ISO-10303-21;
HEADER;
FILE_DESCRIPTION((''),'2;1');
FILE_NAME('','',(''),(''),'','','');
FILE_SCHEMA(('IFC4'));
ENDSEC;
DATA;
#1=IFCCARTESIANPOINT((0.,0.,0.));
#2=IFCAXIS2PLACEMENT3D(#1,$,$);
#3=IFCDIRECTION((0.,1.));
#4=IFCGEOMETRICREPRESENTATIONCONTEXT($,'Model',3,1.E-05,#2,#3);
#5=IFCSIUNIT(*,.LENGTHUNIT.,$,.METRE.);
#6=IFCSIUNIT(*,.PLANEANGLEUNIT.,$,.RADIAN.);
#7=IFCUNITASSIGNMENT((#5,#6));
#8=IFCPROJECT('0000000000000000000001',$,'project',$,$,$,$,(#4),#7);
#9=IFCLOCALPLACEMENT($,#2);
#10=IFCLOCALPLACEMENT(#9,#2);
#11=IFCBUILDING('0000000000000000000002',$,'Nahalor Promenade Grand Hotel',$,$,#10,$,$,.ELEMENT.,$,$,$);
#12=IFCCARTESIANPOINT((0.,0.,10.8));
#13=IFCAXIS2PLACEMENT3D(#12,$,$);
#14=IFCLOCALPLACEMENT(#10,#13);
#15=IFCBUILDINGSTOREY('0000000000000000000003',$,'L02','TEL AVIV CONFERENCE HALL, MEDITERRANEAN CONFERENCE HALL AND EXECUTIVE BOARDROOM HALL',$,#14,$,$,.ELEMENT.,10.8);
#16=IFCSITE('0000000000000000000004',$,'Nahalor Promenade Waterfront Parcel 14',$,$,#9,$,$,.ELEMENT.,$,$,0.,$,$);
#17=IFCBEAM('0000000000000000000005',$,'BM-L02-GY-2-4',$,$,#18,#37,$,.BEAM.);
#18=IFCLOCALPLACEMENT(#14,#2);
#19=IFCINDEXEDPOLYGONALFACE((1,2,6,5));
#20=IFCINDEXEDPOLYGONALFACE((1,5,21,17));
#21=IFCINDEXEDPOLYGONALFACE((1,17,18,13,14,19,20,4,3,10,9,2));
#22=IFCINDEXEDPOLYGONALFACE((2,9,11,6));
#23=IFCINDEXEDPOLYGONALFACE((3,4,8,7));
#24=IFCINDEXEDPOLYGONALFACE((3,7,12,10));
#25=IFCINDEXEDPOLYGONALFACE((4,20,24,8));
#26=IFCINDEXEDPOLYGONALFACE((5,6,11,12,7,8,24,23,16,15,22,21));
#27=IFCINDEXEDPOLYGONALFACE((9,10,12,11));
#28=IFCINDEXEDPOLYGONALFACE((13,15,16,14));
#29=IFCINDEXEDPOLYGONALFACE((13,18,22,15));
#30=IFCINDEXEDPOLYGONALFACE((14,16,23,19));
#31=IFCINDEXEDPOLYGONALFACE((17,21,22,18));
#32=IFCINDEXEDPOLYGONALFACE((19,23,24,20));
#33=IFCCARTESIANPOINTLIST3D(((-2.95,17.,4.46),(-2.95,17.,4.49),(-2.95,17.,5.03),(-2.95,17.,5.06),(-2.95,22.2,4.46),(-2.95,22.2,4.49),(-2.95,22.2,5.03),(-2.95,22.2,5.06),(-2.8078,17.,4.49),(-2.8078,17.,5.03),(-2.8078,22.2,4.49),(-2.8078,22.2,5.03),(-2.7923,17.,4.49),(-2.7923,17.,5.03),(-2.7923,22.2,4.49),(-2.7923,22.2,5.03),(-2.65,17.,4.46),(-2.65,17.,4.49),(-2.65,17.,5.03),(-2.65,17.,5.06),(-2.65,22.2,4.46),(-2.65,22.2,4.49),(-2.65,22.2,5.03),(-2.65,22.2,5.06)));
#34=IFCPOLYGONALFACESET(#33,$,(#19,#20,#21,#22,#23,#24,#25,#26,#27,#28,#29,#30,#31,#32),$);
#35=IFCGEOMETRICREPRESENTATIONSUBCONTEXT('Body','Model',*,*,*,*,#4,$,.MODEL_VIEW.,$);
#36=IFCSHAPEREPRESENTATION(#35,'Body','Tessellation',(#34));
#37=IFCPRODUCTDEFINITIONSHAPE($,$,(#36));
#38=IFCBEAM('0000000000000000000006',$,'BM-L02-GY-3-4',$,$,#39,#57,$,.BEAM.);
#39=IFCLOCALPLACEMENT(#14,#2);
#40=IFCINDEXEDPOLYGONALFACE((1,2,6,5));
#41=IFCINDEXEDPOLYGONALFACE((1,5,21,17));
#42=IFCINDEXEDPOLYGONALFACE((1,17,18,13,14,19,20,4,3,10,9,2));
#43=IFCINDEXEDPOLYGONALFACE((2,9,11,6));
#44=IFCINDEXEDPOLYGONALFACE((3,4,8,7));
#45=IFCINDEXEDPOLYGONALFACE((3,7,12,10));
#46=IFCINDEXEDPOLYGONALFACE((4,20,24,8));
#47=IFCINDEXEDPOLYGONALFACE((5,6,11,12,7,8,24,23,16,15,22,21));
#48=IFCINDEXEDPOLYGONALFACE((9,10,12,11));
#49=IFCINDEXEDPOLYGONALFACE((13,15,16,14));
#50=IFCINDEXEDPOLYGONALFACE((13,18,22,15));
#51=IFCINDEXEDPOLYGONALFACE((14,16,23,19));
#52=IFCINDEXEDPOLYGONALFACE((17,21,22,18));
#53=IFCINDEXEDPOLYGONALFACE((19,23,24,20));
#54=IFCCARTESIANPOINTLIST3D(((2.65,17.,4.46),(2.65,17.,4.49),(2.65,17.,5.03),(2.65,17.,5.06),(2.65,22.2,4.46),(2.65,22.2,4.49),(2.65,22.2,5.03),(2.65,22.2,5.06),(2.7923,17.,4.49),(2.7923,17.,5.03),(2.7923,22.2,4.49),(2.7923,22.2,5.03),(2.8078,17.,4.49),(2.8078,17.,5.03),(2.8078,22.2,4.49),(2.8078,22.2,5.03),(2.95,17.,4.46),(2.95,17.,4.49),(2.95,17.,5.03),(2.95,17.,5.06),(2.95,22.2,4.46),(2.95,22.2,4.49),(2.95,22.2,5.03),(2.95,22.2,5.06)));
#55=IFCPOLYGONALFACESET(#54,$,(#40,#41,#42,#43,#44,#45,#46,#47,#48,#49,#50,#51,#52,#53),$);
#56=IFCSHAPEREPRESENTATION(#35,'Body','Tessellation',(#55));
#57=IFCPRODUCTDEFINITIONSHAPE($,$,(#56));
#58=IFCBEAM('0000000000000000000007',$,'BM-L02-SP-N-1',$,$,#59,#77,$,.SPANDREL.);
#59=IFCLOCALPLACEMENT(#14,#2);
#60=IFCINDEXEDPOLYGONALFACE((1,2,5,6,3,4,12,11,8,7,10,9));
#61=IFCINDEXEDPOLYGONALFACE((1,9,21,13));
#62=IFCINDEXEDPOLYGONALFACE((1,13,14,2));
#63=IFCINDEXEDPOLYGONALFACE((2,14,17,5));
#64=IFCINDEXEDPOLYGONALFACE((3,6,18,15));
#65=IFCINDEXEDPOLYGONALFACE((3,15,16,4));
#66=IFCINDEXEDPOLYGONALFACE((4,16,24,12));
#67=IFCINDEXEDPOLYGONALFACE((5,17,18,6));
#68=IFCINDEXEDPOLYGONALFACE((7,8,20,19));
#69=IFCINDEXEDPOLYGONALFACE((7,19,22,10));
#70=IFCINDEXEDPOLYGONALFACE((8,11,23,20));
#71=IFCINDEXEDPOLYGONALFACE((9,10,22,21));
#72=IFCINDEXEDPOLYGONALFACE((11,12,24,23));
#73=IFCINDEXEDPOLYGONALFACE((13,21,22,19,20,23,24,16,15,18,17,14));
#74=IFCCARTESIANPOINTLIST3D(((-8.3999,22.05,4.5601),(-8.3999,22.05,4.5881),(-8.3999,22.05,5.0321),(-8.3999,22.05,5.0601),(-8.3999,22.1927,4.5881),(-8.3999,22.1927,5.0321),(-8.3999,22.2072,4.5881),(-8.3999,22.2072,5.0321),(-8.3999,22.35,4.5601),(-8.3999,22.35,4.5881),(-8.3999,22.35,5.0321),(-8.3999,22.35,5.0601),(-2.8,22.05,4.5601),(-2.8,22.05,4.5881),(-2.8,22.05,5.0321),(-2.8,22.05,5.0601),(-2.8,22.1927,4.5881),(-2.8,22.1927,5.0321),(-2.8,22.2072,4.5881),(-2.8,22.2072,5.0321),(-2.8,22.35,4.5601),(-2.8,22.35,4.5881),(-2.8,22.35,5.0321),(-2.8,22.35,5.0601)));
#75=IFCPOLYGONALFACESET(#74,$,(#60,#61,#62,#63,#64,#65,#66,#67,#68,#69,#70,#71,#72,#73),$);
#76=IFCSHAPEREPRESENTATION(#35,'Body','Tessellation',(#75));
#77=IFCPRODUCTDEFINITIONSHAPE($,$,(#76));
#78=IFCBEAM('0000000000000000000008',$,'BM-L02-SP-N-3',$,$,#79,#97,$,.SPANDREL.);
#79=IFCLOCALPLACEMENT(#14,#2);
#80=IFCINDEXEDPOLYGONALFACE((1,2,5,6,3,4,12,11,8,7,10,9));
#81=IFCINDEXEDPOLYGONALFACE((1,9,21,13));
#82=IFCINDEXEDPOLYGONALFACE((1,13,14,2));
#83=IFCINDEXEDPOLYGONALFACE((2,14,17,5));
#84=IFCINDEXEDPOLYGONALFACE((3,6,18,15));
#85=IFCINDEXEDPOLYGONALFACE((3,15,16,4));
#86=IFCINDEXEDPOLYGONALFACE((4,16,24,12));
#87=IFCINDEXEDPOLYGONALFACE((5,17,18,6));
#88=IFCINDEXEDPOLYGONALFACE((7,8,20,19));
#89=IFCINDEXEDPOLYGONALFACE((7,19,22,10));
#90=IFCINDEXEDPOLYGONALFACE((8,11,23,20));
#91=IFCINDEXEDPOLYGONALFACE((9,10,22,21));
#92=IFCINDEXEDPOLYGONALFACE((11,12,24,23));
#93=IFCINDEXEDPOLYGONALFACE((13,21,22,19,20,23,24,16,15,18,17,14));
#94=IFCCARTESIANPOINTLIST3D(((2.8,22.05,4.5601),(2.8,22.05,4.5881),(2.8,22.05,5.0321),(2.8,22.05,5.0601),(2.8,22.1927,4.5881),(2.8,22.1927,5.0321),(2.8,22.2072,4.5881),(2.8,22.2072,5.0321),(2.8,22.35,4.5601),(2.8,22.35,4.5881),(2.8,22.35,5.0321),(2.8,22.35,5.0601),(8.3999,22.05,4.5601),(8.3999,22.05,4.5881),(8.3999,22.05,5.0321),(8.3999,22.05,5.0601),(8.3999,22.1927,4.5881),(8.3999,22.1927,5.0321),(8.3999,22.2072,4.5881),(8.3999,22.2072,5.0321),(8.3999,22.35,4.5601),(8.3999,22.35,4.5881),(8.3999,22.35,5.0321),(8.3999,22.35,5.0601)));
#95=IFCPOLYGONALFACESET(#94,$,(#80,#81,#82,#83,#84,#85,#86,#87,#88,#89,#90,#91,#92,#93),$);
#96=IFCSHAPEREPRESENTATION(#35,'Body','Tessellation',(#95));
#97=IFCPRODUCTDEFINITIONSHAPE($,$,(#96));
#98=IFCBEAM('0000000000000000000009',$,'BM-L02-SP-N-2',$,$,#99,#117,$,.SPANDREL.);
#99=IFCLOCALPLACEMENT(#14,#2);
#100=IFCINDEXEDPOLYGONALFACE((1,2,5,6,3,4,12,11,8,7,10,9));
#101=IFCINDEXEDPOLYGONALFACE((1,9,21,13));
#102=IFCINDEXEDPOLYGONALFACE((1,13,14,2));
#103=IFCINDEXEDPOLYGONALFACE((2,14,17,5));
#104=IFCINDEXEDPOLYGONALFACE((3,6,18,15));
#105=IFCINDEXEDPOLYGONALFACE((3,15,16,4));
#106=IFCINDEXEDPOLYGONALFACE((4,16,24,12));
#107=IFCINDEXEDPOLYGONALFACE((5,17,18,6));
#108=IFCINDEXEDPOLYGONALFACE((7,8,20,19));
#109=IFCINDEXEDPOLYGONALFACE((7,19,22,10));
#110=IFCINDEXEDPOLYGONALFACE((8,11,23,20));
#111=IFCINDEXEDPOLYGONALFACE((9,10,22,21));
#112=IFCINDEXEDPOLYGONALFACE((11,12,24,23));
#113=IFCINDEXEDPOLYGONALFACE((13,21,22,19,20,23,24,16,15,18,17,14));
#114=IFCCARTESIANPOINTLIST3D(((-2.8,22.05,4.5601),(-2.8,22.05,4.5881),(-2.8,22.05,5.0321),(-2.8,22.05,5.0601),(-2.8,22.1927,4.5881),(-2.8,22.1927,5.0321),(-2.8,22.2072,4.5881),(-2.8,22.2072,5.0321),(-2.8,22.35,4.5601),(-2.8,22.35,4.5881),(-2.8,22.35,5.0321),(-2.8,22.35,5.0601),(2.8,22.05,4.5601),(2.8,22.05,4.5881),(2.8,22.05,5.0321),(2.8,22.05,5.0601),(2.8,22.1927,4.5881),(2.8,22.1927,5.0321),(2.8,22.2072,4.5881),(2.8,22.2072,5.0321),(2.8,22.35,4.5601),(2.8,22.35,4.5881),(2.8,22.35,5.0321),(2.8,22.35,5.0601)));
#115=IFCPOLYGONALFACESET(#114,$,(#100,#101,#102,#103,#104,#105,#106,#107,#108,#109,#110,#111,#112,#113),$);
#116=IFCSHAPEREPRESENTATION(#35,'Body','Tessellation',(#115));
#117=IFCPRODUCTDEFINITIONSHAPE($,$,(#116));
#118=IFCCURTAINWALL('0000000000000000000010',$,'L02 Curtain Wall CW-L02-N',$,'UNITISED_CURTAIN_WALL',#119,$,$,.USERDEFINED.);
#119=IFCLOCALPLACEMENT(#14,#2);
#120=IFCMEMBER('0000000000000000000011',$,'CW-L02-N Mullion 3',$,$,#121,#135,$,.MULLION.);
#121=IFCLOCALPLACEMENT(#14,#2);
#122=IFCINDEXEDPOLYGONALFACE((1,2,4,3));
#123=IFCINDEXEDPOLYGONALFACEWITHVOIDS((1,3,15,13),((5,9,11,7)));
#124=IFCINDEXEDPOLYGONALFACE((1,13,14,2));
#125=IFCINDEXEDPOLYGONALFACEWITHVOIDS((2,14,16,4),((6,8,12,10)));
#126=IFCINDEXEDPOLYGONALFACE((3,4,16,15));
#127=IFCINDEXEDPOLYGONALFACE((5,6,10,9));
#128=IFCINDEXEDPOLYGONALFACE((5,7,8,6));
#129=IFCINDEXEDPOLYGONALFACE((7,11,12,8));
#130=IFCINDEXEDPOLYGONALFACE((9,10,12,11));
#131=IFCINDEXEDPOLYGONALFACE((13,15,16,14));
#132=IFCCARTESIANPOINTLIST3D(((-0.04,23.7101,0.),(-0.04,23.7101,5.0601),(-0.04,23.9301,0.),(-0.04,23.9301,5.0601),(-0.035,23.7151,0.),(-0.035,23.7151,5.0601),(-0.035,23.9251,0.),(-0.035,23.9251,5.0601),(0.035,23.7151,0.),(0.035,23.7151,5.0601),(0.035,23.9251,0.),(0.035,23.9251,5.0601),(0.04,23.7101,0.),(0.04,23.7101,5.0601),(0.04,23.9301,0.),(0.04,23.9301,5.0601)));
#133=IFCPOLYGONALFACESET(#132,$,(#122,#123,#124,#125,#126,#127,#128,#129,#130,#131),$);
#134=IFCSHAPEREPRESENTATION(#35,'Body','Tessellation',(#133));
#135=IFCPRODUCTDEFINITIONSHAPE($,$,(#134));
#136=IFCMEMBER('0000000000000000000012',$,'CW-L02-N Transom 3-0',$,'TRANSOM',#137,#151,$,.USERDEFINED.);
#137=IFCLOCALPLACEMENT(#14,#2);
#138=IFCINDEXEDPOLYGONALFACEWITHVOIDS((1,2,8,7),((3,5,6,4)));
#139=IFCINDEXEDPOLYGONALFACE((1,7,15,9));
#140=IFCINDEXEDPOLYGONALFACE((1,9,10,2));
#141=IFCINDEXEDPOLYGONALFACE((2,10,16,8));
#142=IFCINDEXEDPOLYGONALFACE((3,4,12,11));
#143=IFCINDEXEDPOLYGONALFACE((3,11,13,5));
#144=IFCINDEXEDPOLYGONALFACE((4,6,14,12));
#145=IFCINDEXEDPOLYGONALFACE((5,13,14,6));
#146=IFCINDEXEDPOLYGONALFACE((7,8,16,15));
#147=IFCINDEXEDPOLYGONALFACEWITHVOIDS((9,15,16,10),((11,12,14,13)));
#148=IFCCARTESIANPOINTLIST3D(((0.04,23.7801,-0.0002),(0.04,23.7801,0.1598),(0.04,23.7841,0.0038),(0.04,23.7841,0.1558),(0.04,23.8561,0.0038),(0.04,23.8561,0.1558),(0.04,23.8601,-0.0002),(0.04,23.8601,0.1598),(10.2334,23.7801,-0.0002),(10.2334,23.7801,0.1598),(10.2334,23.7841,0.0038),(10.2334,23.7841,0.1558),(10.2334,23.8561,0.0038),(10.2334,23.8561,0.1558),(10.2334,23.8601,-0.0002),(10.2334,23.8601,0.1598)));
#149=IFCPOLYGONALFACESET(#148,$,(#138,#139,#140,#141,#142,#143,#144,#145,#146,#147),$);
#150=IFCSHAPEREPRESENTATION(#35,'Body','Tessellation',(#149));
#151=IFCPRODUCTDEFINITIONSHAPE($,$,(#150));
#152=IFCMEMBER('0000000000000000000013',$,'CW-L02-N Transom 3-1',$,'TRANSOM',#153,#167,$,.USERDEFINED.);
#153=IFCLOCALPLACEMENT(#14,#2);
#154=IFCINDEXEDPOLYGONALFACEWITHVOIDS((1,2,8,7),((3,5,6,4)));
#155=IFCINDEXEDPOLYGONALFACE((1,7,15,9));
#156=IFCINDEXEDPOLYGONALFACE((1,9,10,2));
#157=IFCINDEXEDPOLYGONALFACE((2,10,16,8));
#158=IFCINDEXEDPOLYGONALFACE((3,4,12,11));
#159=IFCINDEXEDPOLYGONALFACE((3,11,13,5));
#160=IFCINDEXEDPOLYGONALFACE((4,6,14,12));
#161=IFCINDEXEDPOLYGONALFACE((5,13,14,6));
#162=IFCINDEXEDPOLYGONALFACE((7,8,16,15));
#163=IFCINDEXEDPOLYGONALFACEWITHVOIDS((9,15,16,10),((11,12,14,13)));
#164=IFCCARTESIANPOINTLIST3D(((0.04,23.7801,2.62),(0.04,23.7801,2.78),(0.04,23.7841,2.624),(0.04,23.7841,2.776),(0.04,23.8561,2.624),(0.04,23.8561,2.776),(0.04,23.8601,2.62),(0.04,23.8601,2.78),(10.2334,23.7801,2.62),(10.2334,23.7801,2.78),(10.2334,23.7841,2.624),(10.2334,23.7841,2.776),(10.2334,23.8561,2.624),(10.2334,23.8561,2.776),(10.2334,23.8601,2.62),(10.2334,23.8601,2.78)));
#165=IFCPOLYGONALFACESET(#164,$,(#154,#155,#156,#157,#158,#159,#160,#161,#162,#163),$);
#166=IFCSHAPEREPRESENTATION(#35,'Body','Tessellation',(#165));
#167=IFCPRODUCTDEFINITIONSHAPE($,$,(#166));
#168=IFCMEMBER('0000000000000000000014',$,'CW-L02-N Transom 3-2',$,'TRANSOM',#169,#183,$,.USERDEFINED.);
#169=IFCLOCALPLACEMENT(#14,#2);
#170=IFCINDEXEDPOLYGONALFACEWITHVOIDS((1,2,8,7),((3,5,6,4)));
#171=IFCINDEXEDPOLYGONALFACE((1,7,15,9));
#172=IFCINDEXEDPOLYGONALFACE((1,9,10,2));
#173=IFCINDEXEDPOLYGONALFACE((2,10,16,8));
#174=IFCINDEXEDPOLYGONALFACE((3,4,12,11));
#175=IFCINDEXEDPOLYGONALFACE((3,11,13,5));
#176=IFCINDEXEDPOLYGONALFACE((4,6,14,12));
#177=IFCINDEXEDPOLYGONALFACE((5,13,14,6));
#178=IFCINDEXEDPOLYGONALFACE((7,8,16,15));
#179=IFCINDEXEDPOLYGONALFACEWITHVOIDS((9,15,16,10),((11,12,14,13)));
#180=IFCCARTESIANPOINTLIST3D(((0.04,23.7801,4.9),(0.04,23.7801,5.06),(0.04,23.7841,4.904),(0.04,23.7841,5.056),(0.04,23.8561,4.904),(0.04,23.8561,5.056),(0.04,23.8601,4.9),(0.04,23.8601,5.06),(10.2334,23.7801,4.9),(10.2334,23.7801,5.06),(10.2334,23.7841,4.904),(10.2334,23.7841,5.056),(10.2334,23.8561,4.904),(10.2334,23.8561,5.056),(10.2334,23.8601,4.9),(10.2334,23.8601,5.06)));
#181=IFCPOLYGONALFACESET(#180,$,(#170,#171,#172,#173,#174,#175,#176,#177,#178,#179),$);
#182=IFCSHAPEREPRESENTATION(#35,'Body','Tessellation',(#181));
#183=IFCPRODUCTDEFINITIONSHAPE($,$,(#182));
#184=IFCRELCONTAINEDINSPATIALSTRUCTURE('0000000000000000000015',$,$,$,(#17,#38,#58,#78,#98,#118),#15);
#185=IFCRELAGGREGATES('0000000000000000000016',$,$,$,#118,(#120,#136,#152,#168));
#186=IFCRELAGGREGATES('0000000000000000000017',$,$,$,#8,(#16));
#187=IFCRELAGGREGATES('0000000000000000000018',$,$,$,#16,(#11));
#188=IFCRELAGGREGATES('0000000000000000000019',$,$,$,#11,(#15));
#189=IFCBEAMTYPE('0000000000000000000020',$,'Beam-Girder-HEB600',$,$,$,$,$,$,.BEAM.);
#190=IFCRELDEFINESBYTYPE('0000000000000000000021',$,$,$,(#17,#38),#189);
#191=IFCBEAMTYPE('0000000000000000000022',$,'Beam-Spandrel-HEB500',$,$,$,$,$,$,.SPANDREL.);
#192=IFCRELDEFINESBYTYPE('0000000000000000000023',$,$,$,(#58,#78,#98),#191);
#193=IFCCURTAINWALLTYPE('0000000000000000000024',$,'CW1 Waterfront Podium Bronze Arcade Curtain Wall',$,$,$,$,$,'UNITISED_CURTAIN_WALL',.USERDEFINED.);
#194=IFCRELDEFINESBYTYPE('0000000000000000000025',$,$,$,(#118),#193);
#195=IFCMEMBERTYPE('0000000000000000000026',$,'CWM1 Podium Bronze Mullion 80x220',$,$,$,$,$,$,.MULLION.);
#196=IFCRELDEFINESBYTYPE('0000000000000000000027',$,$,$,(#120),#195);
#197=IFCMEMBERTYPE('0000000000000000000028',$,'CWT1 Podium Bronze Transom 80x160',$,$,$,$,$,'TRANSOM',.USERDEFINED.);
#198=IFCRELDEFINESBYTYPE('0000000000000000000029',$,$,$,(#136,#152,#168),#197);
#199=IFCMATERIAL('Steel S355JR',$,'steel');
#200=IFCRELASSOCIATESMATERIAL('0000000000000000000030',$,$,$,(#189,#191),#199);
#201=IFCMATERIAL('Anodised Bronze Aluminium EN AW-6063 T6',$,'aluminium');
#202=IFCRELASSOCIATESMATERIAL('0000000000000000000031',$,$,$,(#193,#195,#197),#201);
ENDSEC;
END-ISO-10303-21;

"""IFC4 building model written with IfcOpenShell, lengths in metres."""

from ifc_helpers import new_model, si_unit, direction, frame, origin, origin_2d, place, context, subcontext, project, spatial, hollow_rectangle, i_section, extrude, source, transform, mapped, material, material_profile, profile_set, type_object, element, aggregate, save


model = new_model("IFC4")

# Units and contexts
model_context = context("Model", 3, precision=1e-05, world=origin(), true_north=direction((0.0, 1.0)))
body_context = subcontext(model_context, "Body", "Model", "MODEL_VIEW")
ifc_project = project(units=[si_unit("LENGTHUNIT", "METRE"), si_unit("PLANEANGLEUNIT", "RADIAN")], contexts=[model_context])

# Site, building, storey
site_placement = place(None, origin())
site = spatial("IfcSite", under=ifc_project, at=site_placement, Name="Nahalor Promenade Waterfront Parcel 14", CompositionType="ELEMENT", RefElevation=0.0)
building_placement = place(site_placement, origin())
building = spatial("IfcBuilding", under=site, at=building_placement, Name="Nahalor Promenade Grand Hotel", CompositionType="ELEMENT")
storey_placement = place(building_placement, frame((0.0, 0.0, 10.8)))
storey = spatial("IfcBuildingStorey", under=building, at=storey_placement, Name="L02", Description="TEL AVIV CONFERENCE HALL, MEDITERRANEAN CONFERENCE HALL AND EXECUTIVE BOARDROOM HALL", CompositionType="ELEMENT", Elevation=10.8)

# Beams
ifc_material_1 = material(Name="Steel S355JR", Category="steel")
ifc_material_profile_1 = material_profile(ifc_material_1, i_section(OverallWidth=0.3, OverallDepth=0.6, WebThickness=0.0155, FlangeThickness=0.03, at=origin_2d()), Name="HEB 600")
ifc_profile_set_1 = profile_set([ifc_material_profile_1], Name="Steel S355JR")
beam_type_1 = type_object("IfcBeamType", Name="Beam-Girder-HEB600", PredefinedType="BEAM", material=ifc_profile_set_1)
shared_shape_1 = source(origin(), body_context, "Body", "SweptSolid", [
    extrude(i_section(OverallWidth=0.3, OverallDepth=0.6, WebThickness=0.0155, FlangeThickness=0.03, at=origin_2d()), origin(), (0.0, 0.0, 1.0), 5.2),
])
for number, where, z_axis, x_axis, name in (
    (1, (-2.8, 17.0, 4.76), (0.0, 1.0, 0.0), (-1.0, 0.0, 0.0), "BM-L02-GY-2-4"),
    (2, (2.8, 17.0, 4.76), (0.0, 1.0, 0.0), (-1.0, 0.0, 0.0), "BM-L02-GY-3-4"),
):
    element("IfcBeam", number, at=place(storey_placement, frame(where, z_axis=z_axis, x_axis=x_axis)), inside=storey, type_object=beam_type_1, Name=name, PredefinedType="BEAM", context=body_context, shape_type="MappedRepresentation", body=[
        mapped(shared_shape_1, transform((0.0, 0.0, 0.0), scale=1.0)),
    ])
ifc_material_profile_2 = material_profile(ifc_material_1, i_section(OverallWidth=0.3, OverallDepth=0.5, WebThickness=0.0145, FlangeThickness=0.028, at=origin_2d()), Name="HEB 500")
ifc_profile_set_2 = profile_set([ifc_material_profile_2], Name="Steel S355JR")
beam_type_2 = type_object("IfcBeamType", Name="Beam-Spandrel-HEB500", PredefinedType="SPANDREL", material=ifc_profile_set_2)
shared_shape_2 = source(origin(), body_context, "Body", "SweptSolid", [
    extrude(i_section(OverallWidth=0.3, OverallDepth=0.5, WebThickness=0.0145, FlangeThickness=0.028, at=origin_2d()), origin(), (0.0, 0.0, 1.0), 5.5999),
])
for number, where, z_axis, x_axis, name in (
    (3, (-8.3999, 22.2, 4.8101), (1.0, 0.0, 0.0), (0.0, 1.0, 0.0), "BM-L02-SP-N-1"),
    (4, (2.8, 22.2, 4.8101), (1.0, 0.0, 0.0), (0.0, 1.0, 0.0), "BM-L02-SP-N-3"),
):
    element("IfcBeam", number, at=place(storey_placement, frame(where, z_axis=z_axis, x_axis=x_axis)), inside=storey, type_object=beam_type_2, Name=name, PredefinedType="SPANDREL", context=body_context, shape_type="MappedRepresentation", body=[
        mapped(shared_shape_2, transform((0.0, 0.0, 0.0), scale=1.0)),
    ])
shared_shape_3 = source(origin(), body_context, "Body", "SweptSolid", [
    extrude(i_section(OverallWidth=0.3, OverallDepth=0.5, WebThickness=0.0145, FlangeThickness=0.028, at=origin_2d()), origin(), (0.0, 0.0, 1.0), 5.6001),
])
beam_1_placement = place(storey_placement, frame((-2.8, 22.2, 4.8101), z_axis=(1.0, 0.0, 0.0), x_axis=(0.0, 1.0, 0.0)))
element("IfcBeam", 5, at=beam_1_placement, inside=storey, type_object=beam_type_2, Name="BM-L02-SP-N-2", PredefinedType="SPANDREL", context=body_context, shape_type="MappedRepresentation", body=[
    mapped(shared_shape_3, transform((0.0, 0.0, 0.0), scale=1.0)),
])

# Curtain wall, members
ifc_material_2 = material(Name="Anodised Bronze Aluminium EN AW-6063 T6", Category="aluminium")
curtain_wall_type = type_object("IfcCurtainWallType", Name="CW1 Waterfront Podium Bronze Arcade Curtain Wall", ElementType="UNITISED_CURTAIN_WALL", PredefinedType="USERDEFINED", material=ifc_material_2)
curtain_wall_placement = place(storey_placement, origin())
curtain_wall = element("IfcCurtainWall", 6, at=curtain_wall_placement, inside=storey, type_object=curtain_wall_type, Name="L02 Curtain Wall CW-L02-N", ObjectType="UNITISED_CURTAIN_WALL", PredefinedType="USERDEFINED")
ifc_material_profile_3 = material_profile(ifc_material_2, hollow_rectangle(XDim=0.08, YDim=0.22, WallThickness=0.005, at=origin_2d()), Name="CWM 80x220x5")
ifc_profile_set_3 = profile_set([ifc_material_profile_3], Name="Anodised Bronze Aluminium EN AW-6063 T6")
member_type_1 = type_object("IfcMemberType", Name="CWM1 Podium Bronze Mullion 80x220", PredefinedType="MULLION", material=ifc_profile_set_3)
shared_shape_4 = source(origin(), body_context, "Body", "SweptSolid", [
    extrude(hollow_rectangle(XDim=0.08, YDim=0.22, WallThickness=0.005, at=origin_2d()), origin(), (0.0, 0.0, 1.0), 5.0601),
])
member_1_placement = place(storey_placement, frame((0.0, 23.8201, 0.0), z_axis=(0.0, 0.0, 1.0), x_axis=(1.0, 0.0, 0.0)))
member_1 = element("IfcMember", 7, at=member_1_placement, type_object=member_type_1, Name="CW-L02-N Mullion 3", PredefinedType="MULLION", context=body_context, shape_type="MappedRepresentation", body=[
    mapped(shared_shape_4, transform((0.0, 0.0, 0.0), scale=1.0)),
])
ifc_material_profile_4 = material_profile(ifc_material_2, hollow_rectangle(XDim=0.08, YDim=0.16, WallThickness=0.004, at=origin_2d()), Name="CWT 80x160x4")
ifc_profile_set_4 = profile_set([ifc_material_profile_4], Name="Anodised Bronze Aluminium EN AW-6063 T6")
member_type_2 = type_object("IfcMemberType", Name="CWT1 Podium Bronze Transom 80x160", ElementType="TRANSOM", PredefinedType="USERDEFINED", material=ifc_profile_set_4)
shared_shape_5 = source(origin(), body_context, "Body", "SweptSolid", [
    extrude(hollow_rectangle(XDim=0.08, YDim=0.16, WallThickness=0.004, at=origin_2d()), origin(), (0.0, 0.0, 1.0), 10.1934),
])
member_2_placement = place(storey_placement, frame((0.04, 23.8201, 0.0798), z_axis=(1.0, 0.0, 0.0), x_axis=(0.0, 1.0, 0.0)))
member_2 = element("IfcMember", 8, at=member_2_placement, type_object=member_type_2, Name="CW-L02-N Transom 3-0", ObjectType="TRANSOM", PredefinedType="USERDEFINED", context=body_context, shape_type="MappedRepresentation", body=[
    mapped(shared_shape_5, transform((0.0, 0.0, 0.0), scale=1.0)),
])
member_3_placement = place(storey_placement, frame((0.04, 23.8201, 2.7), z_axis=(1.0, 0.0, 0.0), x_axis=(0.0, 1.0, 0.0)))
member_3 = element("IfcMember", 9, at=member_3_placement, type_object=member_type_2, Name="CW-L02-N Transom 3-1", ObjectType="TRANSOM", PredefinedType="USERDEFINED", context=body_context, shape_type="MappedRepresentation", body=[
    mapped(shared_shape_5, transform((0.0, 0.0, 0.0), scale=1.0)),
])
member_4_placement = place(storey_placement, frame((0.04, 23.8201, 4.98), z_axis=(1.0, 0.0, 0.0), x_axis=(0.0, 1.0, 0.0)))
member_4 = element("IfcMember", 10, at=member_4_placement, type_object=member_type_2, Name="CW-L02-N Transom 3-2", ObjectType="TRANSOM", PredefinedType="USERDEFINED", context=body_context, shape_type="MappedRepresentation", body=[
    mapped(shared_shape_5, transform((0.0, 0.0, 0.0), scale=1.0)),
])
aggregate(curtain_wall, [member_1, member_2, member_3, member_4])

save(model, "model.ifc")
